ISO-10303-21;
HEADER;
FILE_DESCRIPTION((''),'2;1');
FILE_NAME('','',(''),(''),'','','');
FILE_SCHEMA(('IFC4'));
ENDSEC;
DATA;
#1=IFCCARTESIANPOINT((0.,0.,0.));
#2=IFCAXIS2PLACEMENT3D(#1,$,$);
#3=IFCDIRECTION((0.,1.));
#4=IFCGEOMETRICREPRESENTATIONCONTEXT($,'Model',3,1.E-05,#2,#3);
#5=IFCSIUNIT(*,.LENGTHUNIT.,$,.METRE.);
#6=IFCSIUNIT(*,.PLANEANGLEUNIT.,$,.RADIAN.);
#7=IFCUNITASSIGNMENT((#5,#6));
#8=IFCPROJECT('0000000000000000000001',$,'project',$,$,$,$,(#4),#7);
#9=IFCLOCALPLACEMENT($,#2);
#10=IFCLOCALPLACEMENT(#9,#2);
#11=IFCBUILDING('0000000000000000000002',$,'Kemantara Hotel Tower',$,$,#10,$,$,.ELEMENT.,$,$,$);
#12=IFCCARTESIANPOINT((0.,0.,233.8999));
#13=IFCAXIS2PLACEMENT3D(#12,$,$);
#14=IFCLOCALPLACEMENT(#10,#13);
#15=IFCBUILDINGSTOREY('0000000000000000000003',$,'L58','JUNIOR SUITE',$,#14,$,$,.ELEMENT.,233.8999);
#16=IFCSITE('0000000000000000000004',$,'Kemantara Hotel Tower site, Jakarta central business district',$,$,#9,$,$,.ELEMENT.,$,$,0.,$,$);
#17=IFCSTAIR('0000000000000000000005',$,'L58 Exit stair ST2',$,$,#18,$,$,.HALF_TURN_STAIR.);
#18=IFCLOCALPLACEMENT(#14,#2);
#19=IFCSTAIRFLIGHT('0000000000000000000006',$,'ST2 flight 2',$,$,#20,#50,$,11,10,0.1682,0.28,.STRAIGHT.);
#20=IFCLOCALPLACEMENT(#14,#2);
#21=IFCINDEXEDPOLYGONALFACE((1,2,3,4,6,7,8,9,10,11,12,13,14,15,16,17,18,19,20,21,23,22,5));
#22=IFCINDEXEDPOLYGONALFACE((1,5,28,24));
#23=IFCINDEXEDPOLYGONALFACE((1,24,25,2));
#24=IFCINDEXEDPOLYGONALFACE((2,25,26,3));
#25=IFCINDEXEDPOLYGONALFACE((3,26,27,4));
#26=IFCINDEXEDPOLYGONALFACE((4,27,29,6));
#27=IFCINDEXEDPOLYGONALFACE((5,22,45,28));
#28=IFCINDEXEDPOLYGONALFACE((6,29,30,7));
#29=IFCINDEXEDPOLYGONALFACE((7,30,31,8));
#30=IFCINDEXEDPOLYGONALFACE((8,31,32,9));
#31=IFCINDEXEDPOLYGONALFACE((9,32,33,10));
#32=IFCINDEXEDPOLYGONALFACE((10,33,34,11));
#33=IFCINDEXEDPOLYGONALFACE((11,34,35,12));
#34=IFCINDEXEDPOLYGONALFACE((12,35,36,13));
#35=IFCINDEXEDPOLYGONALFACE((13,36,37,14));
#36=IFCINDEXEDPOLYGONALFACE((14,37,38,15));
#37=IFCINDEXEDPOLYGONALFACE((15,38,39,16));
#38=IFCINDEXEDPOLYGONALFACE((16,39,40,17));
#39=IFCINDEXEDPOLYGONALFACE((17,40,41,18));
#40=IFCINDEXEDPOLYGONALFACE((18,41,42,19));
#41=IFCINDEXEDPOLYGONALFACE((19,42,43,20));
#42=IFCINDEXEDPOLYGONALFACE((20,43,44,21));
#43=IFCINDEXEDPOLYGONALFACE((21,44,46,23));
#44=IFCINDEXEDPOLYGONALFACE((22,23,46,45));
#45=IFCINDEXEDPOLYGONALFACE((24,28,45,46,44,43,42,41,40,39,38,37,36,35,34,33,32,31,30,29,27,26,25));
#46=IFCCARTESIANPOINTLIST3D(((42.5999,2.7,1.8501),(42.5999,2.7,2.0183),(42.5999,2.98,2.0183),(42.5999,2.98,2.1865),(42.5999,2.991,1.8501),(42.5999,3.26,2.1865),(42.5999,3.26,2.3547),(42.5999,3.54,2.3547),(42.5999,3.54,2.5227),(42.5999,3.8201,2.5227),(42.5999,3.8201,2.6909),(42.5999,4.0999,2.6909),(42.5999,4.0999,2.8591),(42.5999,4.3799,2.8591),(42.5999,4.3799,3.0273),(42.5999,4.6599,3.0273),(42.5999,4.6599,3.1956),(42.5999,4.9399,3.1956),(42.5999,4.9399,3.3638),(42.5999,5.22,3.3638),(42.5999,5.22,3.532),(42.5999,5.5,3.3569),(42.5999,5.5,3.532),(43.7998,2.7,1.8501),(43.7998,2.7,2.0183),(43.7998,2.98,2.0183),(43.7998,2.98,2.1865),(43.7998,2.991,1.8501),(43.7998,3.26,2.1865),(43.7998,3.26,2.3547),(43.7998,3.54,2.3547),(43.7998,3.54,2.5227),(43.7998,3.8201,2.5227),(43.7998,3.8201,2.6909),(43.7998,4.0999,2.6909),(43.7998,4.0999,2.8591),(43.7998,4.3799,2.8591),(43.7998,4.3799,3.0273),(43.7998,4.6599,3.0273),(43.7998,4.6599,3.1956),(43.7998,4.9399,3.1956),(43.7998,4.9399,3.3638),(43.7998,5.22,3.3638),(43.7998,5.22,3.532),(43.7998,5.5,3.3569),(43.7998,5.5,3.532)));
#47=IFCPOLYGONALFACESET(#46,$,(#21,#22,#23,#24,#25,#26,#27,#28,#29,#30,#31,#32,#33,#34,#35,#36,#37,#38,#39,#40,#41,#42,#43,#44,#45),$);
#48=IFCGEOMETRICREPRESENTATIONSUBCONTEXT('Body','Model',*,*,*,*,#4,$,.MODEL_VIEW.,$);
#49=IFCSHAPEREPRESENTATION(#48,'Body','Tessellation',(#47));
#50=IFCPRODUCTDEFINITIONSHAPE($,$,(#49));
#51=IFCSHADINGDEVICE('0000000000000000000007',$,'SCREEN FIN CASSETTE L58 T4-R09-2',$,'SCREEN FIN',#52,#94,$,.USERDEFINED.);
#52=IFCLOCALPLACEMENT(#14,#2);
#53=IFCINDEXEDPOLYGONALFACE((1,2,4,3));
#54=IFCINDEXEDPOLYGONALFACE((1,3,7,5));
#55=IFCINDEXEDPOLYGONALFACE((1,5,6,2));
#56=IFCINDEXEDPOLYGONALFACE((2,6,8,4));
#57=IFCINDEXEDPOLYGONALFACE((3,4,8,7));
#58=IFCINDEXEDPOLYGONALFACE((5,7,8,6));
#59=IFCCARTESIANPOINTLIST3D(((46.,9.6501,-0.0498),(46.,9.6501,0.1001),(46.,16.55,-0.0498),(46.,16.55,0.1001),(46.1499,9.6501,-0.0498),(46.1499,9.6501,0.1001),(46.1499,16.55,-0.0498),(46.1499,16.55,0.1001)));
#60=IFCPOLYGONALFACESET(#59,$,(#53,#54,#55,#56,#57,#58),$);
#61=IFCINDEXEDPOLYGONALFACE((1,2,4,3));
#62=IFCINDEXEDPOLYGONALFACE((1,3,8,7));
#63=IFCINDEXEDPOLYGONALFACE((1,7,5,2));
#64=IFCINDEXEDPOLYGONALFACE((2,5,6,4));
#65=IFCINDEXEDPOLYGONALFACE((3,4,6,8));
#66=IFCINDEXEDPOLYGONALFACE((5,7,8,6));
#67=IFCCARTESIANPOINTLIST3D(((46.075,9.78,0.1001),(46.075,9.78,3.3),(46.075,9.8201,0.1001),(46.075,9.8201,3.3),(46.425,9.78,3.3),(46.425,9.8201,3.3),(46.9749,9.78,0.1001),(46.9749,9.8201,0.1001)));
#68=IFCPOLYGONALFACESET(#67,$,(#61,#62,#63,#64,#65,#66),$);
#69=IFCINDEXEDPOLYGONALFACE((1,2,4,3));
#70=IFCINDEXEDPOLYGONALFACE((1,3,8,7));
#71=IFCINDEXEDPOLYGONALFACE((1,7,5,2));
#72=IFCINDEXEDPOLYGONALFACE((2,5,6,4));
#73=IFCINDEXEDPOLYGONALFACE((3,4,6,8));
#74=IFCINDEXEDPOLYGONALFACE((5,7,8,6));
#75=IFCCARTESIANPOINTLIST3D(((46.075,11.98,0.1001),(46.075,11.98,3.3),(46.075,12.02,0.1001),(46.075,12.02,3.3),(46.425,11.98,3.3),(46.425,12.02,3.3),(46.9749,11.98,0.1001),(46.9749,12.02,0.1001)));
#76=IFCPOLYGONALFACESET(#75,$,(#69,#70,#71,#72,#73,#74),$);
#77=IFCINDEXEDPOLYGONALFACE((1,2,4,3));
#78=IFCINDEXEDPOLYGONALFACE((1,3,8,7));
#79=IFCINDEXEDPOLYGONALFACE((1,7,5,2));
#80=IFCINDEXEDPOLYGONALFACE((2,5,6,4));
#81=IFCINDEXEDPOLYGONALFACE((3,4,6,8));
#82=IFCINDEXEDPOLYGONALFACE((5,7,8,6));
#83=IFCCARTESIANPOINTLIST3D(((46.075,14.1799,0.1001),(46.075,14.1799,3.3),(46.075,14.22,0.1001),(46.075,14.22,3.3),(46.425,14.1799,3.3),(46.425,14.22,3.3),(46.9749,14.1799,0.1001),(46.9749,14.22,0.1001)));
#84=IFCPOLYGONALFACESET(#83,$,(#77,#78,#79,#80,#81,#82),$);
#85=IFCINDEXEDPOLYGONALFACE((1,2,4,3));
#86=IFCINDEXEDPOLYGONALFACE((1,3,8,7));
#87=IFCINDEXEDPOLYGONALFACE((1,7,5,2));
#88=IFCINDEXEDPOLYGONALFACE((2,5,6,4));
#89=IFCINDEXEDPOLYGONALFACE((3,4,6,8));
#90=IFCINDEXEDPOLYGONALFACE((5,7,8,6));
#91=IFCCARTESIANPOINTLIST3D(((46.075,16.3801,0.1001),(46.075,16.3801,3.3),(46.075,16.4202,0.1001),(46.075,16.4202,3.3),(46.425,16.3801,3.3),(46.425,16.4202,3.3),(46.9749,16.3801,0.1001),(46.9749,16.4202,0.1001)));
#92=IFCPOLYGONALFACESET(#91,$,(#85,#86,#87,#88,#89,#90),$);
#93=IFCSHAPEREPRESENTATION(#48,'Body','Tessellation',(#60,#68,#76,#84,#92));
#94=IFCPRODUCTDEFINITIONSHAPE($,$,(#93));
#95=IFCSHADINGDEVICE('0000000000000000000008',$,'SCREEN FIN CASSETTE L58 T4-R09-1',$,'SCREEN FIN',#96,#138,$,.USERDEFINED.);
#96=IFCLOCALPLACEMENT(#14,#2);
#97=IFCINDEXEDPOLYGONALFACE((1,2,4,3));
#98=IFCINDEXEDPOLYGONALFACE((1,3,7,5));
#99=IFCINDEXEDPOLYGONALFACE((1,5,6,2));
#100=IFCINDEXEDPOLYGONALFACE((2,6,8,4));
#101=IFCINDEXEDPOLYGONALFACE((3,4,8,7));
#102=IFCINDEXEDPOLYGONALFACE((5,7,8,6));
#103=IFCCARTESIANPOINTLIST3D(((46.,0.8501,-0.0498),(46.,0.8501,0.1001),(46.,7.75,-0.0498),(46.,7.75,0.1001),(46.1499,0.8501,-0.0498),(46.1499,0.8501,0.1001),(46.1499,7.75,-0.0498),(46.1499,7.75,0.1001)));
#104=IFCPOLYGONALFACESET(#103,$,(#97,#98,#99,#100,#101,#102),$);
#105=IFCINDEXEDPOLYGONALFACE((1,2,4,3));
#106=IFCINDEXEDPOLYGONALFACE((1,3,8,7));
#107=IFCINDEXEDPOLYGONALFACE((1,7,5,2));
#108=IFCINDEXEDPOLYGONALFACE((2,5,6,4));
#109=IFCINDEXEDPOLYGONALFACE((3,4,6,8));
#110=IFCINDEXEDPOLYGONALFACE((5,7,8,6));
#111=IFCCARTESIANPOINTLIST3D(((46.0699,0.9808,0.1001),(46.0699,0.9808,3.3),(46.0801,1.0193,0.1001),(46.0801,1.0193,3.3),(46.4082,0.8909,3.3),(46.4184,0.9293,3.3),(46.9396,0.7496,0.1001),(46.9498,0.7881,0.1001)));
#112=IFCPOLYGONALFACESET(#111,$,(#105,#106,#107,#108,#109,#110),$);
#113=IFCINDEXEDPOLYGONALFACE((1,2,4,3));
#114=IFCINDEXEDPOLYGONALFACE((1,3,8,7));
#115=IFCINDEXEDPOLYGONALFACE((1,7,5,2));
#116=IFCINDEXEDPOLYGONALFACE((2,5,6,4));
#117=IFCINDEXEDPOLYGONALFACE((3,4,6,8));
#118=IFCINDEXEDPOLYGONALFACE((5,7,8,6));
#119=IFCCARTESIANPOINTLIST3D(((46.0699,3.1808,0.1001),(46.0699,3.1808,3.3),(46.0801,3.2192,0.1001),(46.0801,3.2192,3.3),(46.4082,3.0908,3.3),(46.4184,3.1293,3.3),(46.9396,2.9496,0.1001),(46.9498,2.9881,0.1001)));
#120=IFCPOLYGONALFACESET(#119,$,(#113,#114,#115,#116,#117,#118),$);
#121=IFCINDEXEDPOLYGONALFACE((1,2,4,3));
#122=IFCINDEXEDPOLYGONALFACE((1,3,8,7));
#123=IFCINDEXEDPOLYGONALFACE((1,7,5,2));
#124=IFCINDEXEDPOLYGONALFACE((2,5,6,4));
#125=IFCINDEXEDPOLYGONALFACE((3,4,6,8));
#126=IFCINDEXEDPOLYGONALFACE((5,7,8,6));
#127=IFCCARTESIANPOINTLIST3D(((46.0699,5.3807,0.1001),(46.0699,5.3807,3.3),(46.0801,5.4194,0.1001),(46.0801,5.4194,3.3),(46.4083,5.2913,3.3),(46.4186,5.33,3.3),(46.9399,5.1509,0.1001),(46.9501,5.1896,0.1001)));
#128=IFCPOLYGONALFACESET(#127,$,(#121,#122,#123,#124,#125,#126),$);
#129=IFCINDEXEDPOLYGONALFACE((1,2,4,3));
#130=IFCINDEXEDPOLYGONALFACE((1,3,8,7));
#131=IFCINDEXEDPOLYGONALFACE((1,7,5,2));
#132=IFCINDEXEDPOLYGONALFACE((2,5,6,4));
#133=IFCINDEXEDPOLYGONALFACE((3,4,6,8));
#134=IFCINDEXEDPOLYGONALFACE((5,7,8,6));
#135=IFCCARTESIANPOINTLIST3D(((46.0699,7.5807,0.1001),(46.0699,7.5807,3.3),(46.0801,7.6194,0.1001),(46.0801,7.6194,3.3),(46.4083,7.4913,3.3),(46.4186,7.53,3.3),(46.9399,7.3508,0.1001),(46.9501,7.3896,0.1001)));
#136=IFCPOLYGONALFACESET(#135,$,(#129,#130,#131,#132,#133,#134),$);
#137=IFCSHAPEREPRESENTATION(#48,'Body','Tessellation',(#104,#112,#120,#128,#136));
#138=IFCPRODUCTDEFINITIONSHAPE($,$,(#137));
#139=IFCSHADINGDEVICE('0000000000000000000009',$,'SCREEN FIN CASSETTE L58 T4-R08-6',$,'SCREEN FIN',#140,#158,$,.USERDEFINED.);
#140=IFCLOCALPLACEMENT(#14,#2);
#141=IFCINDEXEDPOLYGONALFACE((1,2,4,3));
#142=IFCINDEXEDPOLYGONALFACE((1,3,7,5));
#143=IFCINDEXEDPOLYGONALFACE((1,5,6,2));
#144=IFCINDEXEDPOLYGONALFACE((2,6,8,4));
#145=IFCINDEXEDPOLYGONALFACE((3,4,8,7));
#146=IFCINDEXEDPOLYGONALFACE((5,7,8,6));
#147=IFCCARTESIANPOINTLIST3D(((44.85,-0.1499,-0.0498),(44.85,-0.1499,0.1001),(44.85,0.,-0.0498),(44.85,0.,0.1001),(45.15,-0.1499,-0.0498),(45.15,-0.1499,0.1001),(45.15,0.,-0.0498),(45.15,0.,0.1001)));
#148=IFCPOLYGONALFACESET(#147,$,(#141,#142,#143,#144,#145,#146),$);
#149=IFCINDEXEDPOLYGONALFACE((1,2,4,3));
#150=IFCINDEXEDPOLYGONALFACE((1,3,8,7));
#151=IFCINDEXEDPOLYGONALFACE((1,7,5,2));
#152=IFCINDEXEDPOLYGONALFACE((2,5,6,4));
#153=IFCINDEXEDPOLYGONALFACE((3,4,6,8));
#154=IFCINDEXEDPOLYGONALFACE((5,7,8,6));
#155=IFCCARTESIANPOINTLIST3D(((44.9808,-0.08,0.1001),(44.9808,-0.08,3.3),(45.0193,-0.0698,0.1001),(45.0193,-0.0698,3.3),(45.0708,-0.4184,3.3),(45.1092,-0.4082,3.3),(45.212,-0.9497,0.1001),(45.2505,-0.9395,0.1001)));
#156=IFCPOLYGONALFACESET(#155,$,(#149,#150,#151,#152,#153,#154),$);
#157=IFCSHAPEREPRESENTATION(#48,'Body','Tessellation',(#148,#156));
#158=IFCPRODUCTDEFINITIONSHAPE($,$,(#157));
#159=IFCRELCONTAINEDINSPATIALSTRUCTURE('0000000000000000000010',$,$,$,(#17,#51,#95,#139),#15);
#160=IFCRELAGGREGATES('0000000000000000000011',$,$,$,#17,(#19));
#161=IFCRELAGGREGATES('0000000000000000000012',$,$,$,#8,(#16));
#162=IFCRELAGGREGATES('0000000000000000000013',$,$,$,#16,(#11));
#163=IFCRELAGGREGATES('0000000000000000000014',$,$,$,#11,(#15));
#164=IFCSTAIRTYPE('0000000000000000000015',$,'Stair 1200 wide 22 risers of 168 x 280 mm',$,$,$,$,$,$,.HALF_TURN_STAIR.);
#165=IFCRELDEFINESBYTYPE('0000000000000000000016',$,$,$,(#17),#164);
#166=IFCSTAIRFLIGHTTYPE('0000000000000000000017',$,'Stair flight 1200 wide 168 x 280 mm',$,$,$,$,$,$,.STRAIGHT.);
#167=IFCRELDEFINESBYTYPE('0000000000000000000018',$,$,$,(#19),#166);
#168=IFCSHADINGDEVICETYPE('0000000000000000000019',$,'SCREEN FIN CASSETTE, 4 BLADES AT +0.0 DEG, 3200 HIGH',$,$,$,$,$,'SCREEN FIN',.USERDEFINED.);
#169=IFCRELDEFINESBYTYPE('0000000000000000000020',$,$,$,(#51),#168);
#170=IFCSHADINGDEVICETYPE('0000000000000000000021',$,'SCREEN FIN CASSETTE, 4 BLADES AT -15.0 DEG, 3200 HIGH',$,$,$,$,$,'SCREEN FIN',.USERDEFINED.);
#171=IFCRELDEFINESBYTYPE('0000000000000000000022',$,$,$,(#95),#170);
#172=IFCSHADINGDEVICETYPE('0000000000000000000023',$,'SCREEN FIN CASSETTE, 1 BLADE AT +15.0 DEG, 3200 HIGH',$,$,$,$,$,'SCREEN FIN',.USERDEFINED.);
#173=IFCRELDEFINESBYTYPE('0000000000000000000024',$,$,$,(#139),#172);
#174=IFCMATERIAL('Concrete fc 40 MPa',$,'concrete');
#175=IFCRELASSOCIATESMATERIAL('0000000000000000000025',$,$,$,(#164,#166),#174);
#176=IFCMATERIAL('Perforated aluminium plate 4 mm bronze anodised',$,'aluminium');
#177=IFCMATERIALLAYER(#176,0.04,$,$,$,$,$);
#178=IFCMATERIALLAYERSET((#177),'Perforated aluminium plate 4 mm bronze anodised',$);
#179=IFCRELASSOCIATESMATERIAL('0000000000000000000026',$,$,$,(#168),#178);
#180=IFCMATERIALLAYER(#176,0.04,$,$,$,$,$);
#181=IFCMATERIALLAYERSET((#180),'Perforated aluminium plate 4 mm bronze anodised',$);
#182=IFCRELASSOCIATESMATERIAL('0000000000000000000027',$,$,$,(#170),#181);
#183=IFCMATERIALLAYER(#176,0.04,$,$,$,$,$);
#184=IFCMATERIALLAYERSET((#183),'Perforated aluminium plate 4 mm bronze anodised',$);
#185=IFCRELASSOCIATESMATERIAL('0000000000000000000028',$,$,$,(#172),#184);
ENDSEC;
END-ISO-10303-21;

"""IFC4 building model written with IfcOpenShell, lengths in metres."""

from ifc_helpers import new_model, si_unit, direction, frame, origin, origin_2d, place, context, subcontext, project, spatial, polyline, rectangle, outline, extrude, source, transform, mapped, material, layer, layer_set, type_object, element, aggregate, save


model = new_model("IFC4")

# Units and contexts
model_context = context("Model", 3, precision=1e-05, world=origin(), true_north=direction((0.0, 1.0)))
body_context = subcontext(model_context, "Body", "Model", "MODEL_VIEW")
ifc_project = project(units=[si_unit("LENGTHUNIT", "METRE"), si_unit("PLANEANGLEUNIT", "RADIAN")], contexts=[model_context])

# Site, building, storey
site_placement = place(None, origin())
site = spatial("IfcSite", under=ifc_project, at=site_placement, Name="Kemantara Hotel Tower site, Jakarta central business district", CompositionType="ELEMENT", RefElevation=0.0)
building_placement = place(site_placement, origin())
building = spatial("IfcBuilding", under=site, at=building_placement, Name="Kemantara Hotel Tower", CompositionType="ELEMENT")
storey_placement = place(building_placement, frame((0.0, 0.0, 233.8999)))
storey = spatial("IfcBuildingStorey", under=building, at=storey_placement, Name="L58", Description="JUNIOR SUITE", CompositionType="ELEMENT", Elevation=233.8999)

# Stair, stair flight
ifc_material_1 = material(Name="Concrete fc 40 MPa", Category="concrete")
stair_type = type_object("IfcStairType", Name="Stair 1200 wide 22 risers of 168 x 280 mm", PredefinedType="HALF_TURN_STAIR", material=ifc_material_1)
stair_placement = place(storey_placement, origin())
stair = element("IfcStair", 1, at=stair_placement, inside=storey, type_object=stair_type, Name="L58 Exit stair ST2", PredefinedType="HALF_TURN_STAIR")
stair_flight_type = type_object("IfcStairFlightType", Name="Stair flight 1200 wide 168 x 280 mm", PredefinedType="STRAIGHT", material=ifc_material_1)
stair_flight_placement = place(storey_placement, frame((43.2, 2.7, 1.8501), z_axis=(0.0, 0.0, 1.0), x_axis=(0.0, 1.0, 0.0)))
stair_flight = element("IfcStairFlight", 2, at=stair_flight_placement, type_object=stair_flight_type, Name="ST2 flight 2", NumberOfRisers=11, NumberOfTreads=10, PredefinedType="STRAIGHT", RiserHeight=0.1682, TreadLength=0.28, context=body_context, shape_type="SweptSolid", body=[
    extrude(outline(polyline([(0.0, 0.0), (0.0, 0.1682), (0.28, 0.1682), (0.28, 0.3364), (0.5601, 0.3364), (0.5601, 0.5046), (0.8401, 0.5046), (0.8401, 0.6726), (1.1201, 0.6726), (1.1201, 0.8408), (1.3999, 0.8408), (1.3999, 1.009), (1.6799, 1.009), (1.6799, 1.1772), (1.96, 1.1772), (1.96, 1.3455), (2.24, 1.3455), (2.24, 1.5137), (2.52, 1.5137), (2.52, 1.6819), (2.8, 1.6819), (2.8, 1.8501), (2.8, 1.5068), (0.291, 0.0), (0.0, 0.0)])), frame((0.0, 0.6001, 0.0), z_axis=(0.0, -1.0, 0.0), x_axis=(1.0, 0.0, 0.0)), (0.0, 0.0, 1.0), 1.2),
])
aggregate(stair, [stair_flight])

# Shading devices
ifc_material_2 = material(Name="Perforated aluminium plate 4 mm bronze anodised", Category="aluminium")
ifc_layer_1 = layer(ifc_material_2, 0.04)
ifc_layer_set_1 = layer_set([ifc_layer_1], Name="Perforated aluminium plate 4 mm bronze anodised")
shading_device_type_1 = type_object("IfcShadingDeviceType", Name="SCREEN FIN CASSETTE, 4 BLADES AT +0.0 DEG, 3200 HIGH", ElementType="SCREEN FIN", PredefinedType="USERDEFINED", material=ifc_layer_set_1)
shared_shape_1 = source(origin(), body_context, "Body", "SweptSolid", [
    extrude(rectangle(XDim=6.8999, YDim=0.1499, at=origin_2d()), frame((3.3, -0.075, -0.1499), z_axis=(0.0, 0.0, 1.0), x_axis=(1.0, 0.0, 0.0)), (0.0, 0.0, 1.0), 0.1499),
    extrude(outline(polyline([(0.0, 0.0), (0.8999, 0.0), (0.3501, 3.2), (0.0, 3.2), (0.0, 0.0)])), frame((0.02, -0.075, 0.0), z_axis=(-1.0, 0.0, 0.0), x_axis=(0.0, -1.0, 0.0)), (0.0, 0.0, 1.0), 0.04),
    extrude(outline(polyline([(0.0, 0.0), (0.8999, 0.0), (0.3501, 3.2), (0.0, 3.2), (0.0, 0.0)])), frame((2.22, -0.075, 0.0), z_axis=(-1.0, 0.0, 0.0), x_axis=(0.0, -1.0, 0.0)), (0.0, 0.0, 1.0), 0.04),
    extrude(outline(polyline([(0.0, 0.0), (0.8999, 0.0), (0.3501, 3.2), (0.0, 3.2), (0.0, 0.0)])), frame((4.4199, -0.075, 0.0), z_axis=(-1.0, 0.0, 0.0), x_axis=(0.0, -1.0, 0.0)), (0.0, 0.0, 1.0), 0.04),
    extrude(outline(polyline([(0.0, 0.0), (0.8999, 0.0), (0.3501, 3.2), (0.0, 3.2), (0.0, 0.0)])), frame((6.6201, -0.075, 0.0), z_axis=(-1.0, 0.0, 0.0), x_axis=(0.0, -1.0, 0.0)), (0.0, 0.0, 1.0), 0.04),
])
shading_device_1_placement = place(storey_placement, frame((46.0, 9.8, 0.1001), z_axis=(0.0, 0.0, 1.0), x_axis=(0.0, 1.0, 0.0)))
element("IfcShadingDevice", 3, at=shading_device_1_placement, inside=storey, type_object=shading_device_type_1, Name="SCREEN FIN CASSETTE L58 T4-R09-2", ObjectType="SCREEN FIN", PredefinedType="USERDEFINED", context=body_context, shape_type="MappedRepresentation", body=[
    mapped(shared_shape_1, transform((0.0, 0.0, 0.0))),
])
ifc_layer_2 = layer(ifc_material_2, 0.04)
ifc_layer_set_2 = layer_set([ifc_layer_2], Name="Perforated aluminium plate 4 mm bronze anodised")
shading_device_type_2 = type_object("IfcShadingDeviceType", Name="SCREEN FIN CASSETTE, 4 BLADES AT -15.0 DEG, 3200 HIGH", ElementType="SCREEN FIN", PredefinedType="USERDEFINED", material=ifc_layer_set_2)
shared_shape_2 = source(origin(), body_context, "Body", "SweptSolid", [
    extrude(rectangle(XDim=6.8999, YDim=0.1499, at=origin_2d()), frame((3.3, -0.075, -0.1499), z_axis=(0.0, 0.0, 1.0), x_axis=(1.0, 0.0, 0.0)), (0.0, 0.0, 1.0), 0.1499),
    extrude(outline(polyline([(0.0, 0.0), (0.8999, 0.0), (0.3501, 3.2), (0.0, 3.2), (0.0, 0.0)])), frame((0.0193, -0.0801, 0.0), z_axis=(-0.966438, 0.256901, 0.0), x_axis=(-0.256901, -0.966438, 0.0)), (0.0, 0.0, 1.0), 0.0398),
    extrude(outline(polyline([(0.0, 0.0), (0.8999, 0.0), (0.3501, 3.2), (0.0, 3.2), (0.0, 0.0)])), frame((2.2192, -0.0801, 0.0), z_axis=(-0.966438, 0.256901, 0.0), x_axis=(-0.256901, -0.966438, 0.0)), (0.0, 0.0, 1.0), 0.0398),
    extrude(outline(polyline([(0.0, 0.0), (0.8999, 0.0), (0.3501, 3.2), (0.0, 3.2), (0.0, 0.0)])), frame((4.4194, -0.0801, 0.0), z_axis=(-0.966838, 0.255391, 0.0), x_axis=(-0.255391, -0.966838, 0.0)), (0.0, 0.0, 1.0), 0.04),
    extrude(outline(polyline([(0.0, 0.0), (0.8999, 0.0), (0.3501, 3.2), (0.0, 3.2), (0.0, 0.0)])), frame((6.6194, -0.0801, 0.0), z_axis=(-0.966838, 0.255391, 0.0), x_axis=(-0.255391, -0.966838, 0.0)), (0.0, 0.0, 1.0), 0.04),
])
shading_device_2_placement = place(storey_placement, frame((46.0, 1.0, 0.1001), z_axis=(0.0, 0.0, 1.0), x_axis=(0.0, 1.0, 0.0)))
element("IfcShadingDevice", 4, at=shading_device_2_placement, inside=storey, type_object=shading_device_type_2, Name="SCREEN FIN CASSETTE L58 T4-R09-1", ObjectType="SCREEN FIN", PredefinedType="USERDEFINED", context=body_context, shape_type="MappedRepresentation", body=[
    mapped(shared_shape_2, transform((0.0, 0.0, 0.0))),
])
ifc_layer_3 = layer(ifc_material_2, 0.04)
ifc_layer_set_3 = layer_set([ifc_layer_3], Name="Perforated aluminium plate 4 mm bronze anodised")
shading_device_type_3 = type_object("IfcShadingDeviceType", Name="SCREEN FIN CASSETTE, 1 BLADE AT +15.0 DEG, 3200 HIGH", ElementType="SCREEN FIN", PredefinedType="USERDEFINED", material=ifc_layer_set_3)
shared_shape_3 = source(origin(), body_context, "Body", "SweptSolid", [
    extrude(rectangle(XDim=0.3, YDim=0.1499, at=origin_2d()), frame((0.0, -0.075, -0.1499), z_axis=(0.0, 0.0, 1.0), x_axis=(1.0, 0.0, 0.0)), (0.0, 0.0, 1.0), 0.1499),
    extrude(outline(polyline([(0.0, 0.0), (0.8999, 0.0), (0.3501, 3.2), (0.0, 3.2), (0.0, 0.0)])), frame((0.0193, -0.0698, 0.0), z_axis=(-0.966438, -0.256901, 0.0), x_axis=(0.256901, -0.966438, 0.0)), (0.0, 0.0, 1.0), 0.0398),
])
shading_device_3_placement = place(storey_placement, frame((45.0, 0.0, 0.1001), z_axis=(0.0, 0.0, 1.0), x_axis=(1.0, 0.0, 0.0)))
element("IfcShadingDevice", 5, at=shading_device_3_placement, inside=storey, type_object=shading_device_type_3, Name="SCREEN FIN CASSETTE L58 T4-R08-6", ObjectType="SCREEN FIN", PredefinedType="USERDEFINED", context=body_context, shape_type="MappedRepresentation", body=[
    mapped(shared_shape_3, transform((0.0, 0.0, 0.0))),
])

save(model, "model.ifc")
